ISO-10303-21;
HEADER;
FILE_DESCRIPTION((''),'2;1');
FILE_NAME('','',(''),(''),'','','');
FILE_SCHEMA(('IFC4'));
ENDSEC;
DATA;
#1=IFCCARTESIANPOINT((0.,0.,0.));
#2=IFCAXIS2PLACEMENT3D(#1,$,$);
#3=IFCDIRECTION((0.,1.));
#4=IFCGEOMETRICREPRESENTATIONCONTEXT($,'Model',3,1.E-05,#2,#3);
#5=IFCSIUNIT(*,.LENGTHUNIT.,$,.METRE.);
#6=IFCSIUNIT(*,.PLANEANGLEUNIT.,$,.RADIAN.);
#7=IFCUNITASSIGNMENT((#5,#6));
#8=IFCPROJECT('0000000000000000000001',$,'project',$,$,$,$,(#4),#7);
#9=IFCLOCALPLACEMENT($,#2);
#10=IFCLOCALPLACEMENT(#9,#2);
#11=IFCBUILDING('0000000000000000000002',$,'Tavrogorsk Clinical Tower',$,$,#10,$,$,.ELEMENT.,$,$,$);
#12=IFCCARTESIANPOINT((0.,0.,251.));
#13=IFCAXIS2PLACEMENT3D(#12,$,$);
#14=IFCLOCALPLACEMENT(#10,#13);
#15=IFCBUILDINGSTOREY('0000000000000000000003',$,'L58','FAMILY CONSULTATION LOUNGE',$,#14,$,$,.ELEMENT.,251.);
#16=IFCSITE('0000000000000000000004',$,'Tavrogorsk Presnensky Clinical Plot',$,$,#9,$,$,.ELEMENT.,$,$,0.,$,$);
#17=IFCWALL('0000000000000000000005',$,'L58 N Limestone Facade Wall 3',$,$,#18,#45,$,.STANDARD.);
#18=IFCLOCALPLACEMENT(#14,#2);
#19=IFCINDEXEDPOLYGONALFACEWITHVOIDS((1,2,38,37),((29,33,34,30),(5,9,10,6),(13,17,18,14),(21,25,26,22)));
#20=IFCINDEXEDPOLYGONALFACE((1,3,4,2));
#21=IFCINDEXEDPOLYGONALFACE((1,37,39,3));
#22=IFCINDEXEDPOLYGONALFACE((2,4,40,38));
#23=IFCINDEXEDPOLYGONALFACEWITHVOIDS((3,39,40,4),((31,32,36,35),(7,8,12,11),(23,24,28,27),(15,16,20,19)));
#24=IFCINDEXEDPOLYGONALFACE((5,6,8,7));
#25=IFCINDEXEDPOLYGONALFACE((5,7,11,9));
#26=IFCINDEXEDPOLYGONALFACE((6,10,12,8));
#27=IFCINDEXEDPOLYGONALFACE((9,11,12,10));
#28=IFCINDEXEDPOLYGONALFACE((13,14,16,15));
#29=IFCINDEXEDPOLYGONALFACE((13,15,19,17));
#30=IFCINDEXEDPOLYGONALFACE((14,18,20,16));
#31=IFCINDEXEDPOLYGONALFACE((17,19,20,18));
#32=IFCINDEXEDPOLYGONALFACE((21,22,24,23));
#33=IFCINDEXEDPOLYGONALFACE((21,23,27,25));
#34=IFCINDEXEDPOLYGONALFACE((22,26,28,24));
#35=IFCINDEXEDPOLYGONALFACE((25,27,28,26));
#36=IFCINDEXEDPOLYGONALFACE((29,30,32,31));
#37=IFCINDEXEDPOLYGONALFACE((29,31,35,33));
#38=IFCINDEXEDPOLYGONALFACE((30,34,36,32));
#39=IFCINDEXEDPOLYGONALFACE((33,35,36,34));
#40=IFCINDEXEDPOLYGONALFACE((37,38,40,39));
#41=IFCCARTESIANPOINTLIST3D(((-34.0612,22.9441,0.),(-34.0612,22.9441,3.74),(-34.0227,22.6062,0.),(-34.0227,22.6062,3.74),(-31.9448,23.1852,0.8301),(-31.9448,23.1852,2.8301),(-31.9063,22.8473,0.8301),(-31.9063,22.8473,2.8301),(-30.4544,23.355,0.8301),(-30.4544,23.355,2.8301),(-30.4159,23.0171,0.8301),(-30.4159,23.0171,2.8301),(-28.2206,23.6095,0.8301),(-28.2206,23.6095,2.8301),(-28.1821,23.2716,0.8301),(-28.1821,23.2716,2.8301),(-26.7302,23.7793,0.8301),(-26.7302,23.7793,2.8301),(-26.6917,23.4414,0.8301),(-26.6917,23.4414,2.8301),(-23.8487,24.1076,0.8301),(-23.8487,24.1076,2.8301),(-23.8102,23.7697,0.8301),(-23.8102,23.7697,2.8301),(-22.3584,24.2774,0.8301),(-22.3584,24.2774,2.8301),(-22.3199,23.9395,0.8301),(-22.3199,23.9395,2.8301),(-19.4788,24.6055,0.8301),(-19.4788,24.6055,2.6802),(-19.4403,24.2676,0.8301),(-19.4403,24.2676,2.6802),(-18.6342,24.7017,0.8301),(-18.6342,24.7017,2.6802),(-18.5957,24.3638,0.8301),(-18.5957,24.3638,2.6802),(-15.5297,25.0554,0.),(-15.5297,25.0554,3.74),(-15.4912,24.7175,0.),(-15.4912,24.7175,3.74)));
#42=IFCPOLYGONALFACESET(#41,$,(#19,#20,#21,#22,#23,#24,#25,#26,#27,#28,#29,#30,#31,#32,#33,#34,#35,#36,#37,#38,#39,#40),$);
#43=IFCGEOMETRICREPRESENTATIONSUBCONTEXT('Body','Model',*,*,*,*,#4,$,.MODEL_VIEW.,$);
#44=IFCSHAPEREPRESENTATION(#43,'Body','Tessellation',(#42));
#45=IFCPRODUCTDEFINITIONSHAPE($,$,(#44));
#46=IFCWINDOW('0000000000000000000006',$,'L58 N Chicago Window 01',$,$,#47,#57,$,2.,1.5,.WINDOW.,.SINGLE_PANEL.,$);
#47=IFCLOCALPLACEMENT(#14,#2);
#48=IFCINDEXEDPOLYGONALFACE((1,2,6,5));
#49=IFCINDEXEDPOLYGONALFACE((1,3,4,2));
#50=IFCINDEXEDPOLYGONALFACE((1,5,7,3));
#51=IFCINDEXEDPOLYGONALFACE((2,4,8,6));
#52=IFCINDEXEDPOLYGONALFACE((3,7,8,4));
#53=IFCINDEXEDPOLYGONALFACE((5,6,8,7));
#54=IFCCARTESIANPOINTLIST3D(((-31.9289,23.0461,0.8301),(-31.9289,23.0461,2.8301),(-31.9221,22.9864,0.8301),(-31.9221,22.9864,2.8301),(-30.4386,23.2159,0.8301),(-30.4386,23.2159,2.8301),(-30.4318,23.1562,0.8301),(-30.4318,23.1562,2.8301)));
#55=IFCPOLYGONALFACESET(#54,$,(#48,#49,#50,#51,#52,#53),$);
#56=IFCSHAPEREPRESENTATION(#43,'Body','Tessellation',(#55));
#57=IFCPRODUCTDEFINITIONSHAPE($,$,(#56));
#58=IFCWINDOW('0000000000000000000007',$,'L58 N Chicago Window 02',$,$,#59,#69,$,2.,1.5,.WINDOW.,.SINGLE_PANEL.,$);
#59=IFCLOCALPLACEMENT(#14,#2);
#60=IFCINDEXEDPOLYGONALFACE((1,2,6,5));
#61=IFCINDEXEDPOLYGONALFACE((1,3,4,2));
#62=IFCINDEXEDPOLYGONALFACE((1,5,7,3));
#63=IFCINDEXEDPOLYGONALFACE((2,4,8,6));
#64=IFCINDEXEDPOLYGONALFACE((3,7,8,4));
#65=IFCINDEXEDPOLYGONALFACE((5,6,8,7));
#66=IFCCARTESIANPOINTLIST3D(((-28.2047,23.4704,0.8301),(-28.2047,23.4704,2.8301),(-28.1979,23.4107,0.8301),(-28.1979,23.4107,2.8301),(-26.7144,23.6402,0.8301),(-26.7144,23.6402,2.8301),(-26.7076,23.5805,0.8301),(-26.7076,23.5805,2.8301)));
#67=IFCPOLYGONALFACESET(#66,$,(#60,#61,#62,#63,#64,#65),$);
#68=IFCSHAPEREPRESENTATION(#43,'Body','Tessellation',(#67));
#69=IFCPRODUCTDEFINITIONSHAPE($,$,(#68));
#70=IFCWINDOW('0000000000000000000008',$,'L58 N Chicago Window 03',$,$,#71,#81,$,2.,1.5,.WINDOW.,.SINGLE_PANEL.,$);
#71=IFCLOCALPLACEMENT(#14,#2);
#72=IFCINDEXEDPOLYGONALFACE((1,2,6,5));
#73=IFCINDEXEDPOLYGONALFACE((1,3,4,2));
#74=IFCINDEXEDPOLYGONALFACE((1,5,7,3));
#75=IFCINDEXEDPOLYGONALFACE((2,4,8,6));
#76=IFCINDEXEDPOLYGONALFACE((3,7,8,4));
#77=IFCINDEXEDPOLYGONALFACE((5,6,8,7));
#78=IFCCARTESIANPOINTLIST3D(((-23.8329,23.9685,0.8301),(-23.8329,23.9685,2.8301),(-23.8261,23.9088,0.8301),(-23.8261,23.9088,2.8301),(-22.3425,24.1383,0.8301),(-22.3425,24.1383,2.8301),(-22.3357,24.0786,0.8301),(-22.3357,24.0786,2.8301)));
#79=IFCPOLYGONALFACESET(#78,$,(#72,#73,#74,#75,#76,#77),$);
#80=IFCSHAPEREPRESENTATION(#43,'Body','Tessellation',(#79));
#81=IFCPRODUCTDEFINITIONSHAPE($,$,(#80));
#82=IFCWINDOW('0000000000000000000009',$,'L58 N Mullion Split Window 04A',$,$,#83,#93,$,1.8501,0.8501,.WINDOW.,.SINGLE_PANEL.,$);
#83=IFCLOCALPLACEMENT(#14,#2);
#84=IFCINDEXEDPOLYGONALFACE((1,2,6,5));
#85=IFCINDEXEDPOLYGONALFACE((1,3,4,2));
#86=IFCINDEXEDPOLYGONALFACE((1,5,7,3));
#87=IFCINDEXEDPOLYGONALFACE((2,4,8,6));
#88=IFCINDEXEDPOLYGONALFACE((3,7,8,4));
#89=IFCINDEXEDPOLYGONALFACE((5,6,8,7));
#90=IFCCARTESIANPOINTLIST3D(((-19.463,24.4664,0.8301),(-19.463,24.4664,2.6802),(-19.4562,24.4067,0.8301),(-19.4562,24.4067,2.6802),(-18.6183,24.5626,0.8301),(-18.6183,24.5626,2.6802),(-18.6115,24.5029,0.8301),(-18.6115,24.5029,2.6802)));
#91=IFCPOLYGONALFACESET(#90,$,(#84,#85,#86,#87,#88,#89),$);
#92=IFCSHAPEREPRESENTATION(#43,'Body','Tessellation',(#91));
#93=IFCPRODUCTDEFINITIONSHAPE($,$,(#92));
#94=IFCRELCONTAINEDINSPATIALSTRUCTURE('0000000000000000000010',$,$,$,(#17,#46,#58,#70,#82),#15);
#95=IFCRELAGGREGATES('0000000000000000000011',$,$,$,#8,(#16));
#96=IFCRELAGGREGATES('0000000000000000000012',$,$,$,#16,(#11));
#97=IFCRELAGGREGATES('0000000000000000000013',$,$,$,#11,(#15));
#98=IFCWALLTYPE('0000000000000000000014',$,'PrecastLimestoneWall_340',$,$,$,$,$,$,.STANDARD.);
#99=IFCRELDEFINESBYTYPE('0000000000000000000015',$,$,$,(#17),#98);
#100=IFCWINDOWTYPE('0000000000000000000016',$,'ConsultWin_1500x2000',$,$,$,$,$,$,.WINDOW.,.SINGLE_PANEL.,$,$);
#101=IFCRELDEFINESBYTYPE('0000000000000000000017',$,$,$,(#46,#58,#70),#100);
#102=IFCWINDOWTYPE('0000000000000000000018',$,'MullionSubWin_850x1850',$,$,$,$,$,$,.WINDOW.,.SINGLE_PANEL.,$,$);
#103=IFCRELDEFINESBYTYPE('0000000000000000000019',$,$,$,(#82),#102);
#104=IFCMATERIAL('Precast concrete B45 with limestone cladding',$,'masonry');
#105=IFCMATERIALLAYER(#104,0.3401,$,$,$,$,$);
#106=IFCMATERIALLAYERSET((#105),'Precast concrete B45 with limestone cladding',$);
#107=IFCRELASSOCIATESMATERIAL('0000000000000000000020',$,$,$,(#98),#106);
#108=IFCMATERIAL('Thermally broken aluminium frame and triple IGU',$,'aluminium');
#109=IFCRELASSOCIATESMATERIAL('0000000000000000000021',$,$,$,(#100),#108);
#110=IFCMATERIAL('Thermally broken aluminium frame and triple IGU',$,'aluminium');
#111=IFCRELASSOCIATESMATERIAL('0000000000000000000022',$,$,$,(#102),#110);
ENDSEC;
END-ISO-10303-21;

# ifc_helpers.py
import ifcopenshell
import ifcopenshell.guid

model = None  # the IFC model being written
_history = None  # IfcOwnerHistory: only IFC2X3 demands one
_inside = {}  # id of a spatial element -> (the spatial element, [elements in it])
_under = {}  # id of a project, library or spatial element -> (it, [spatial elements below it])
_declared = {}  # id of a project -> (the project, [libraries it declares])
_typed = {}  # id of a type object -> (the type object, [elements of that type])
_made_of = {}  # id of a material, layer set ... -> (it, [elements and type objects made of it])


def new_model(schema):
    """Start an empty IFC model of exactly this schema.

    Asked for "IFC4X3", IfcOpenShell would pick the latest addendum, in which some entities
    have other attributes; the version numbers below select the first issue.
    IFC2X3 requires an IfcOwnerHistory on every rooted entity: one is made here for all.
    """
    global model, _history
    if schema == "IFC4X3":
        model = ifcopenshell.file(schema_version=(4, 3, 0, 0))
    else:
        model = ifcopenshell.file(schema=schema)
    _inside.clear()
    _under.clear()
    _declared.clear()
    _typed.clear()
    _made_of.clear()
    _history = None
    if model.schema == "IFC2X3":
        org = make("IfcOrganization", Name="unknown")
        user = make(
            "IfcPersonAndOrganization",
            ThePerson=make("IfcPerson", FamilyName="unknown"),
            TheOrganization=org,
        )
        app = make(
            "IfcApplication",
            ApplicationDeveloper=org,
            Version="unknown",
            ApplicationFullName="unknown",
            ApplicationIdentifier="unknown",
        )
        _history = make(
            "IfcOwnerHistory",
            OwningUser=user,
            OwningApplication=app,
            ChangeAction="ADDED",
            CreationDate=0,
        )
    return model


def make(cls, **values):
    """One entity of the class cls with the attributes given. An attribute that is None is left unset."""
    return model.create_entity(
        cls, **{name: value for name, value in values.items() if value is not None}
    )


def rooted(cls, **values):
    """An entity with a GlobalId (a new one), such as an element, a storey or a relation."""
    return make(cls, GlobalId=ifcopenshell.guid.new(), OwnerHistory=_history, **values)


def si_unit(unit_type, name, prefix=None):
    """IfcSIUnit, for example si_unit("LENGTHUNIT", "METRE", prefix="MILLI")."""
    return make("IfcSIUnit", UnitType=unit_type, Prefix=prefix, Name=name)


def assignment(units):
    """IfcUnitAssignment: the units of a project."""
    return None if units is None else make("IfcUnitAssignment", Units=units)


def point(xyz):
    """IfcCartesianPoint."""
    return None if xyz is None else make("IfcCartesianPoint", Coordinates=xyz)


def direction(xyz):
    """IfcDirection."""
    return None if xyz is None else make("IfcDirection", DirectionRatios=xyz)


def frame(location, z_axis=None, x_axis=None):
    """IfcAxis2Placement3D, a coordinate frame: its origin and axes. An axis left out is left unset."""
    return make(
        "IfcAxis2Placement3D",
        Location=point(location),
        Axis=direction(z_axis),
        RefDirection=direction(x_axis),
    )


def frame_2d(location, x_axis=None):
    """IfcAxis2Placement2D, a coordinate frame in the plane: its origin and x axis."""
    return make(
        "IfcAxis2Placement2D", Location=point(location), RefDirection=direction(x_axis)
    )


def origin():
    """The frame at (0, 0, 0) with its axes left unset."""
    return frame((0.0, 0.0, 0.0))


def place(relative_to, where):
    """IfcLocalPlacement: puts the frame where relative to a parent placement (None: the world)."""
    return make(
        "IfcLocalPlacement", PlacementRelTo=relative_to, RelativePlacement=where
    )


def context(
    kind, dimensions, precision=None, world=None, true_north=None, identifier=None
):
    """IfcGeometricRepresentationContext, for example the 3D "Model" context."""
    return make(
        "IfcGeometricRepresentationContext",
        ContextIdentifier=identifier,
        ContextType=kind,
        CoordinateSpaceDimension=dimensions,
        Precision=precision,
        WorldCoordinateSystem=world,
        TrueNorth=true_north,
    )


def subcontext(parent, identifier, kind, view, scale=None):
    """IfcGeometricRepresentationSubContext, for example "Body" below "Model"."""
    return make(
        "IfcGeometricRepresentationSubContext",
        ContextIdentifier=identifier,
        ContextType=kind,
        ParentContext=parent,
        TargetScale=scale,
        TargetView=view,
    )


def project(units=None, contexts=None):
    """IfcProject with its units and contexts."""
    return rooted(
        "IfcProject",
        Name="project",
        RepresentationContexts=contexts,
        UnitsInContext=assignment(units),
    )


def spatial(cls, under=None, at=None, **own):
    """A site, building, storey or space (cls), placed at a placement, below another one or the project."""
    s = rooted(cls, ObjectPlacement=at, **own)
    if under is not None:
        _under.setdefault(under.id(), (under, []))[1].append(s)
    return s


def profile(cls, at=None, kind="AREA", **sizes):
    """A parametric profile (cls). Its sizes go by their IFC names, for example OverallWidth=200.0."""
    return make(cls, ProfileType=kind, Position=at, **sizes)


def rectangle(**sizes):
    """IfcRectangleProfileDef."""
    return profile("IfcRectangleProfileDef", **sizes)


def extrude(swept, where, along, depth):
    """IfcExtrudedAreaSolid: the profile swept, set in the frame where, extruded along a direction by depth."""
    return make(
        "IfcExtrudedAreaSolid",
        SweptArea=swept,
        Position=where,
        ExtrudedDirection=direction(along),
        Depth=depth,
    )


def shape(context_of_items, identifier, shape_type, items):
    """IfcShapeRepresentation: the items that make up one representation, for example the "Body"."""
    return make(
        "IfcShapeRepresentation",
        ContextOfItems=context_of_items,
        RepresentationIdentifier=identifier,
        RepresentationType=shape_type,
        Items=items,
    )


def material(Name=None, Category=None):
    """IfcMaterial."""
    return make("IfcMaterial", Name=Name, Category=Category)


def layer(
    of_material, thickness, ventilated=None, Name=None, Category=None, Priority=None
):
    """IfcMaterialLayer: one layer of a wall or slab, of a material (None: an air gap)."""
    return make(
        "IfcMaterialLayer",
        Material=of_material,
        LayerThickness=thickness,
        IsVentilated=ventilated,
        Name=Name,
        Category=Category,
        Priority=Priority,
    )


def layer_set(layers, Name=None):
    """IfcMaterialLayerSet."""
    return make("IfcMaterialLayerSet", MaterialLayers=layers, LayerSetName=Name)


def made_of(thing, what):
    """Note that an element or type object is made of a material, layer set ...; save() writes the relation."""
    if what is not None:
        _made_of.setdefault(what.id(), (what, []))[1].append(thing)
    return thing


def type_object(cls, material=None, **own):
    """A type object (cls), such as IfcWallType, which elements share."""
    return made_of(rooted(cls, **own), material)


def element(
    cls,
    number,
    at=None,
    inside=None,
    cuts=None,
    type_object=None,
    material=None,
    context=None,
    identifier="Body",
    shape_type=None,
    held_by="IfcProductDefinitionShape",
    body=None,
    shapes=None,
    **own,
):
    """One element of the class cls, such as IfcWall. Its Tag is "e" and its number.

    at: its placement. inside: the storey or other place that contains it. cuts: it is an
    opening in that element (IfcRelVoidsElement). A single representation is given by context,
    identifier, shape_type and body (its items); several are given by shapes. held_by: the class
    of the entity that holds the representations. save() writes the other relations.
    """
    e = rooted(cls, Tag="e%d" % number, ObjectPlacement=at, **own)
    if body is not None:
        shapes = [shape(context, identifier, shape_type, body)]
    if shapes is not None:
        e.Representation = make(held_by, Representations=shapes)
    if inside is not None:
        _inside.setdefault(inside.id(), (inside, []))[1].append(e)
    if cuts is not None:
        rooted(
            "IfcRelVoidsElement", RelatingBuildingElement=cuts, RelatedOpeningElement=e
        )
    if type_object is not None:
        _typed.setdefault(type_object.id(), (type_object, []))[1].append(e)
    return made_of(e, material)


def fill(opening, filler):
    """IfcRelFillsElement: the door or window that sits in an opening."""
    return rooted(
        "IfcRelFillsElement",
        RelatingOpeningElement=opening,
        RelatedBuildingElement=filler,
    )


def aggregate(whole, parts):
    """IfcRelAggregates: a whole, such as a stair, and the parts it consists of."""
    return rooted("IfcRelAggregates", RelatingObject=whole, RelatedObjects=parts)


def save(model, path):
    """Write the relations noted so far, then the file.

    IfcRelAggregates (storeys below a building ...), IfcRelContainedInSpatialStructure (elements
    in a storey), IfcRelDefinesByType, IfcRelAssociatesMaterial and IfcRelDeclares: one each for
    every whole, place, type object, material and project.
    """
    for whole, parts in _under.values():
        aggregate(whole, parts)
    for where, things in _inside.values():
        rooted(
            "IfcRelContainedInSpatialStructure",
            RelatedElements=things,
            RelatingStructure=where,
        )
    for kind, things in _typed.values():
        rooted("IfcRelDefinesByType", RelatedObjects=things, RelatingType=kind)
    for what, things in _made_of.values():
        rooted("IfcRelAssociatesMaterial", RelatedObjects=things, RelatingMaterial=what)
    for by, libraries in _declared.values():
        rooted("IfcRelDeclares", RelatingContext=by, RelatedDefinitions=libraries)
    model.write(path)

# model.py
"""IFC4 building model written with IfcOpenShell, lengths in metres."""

from ifc_helpers import new_model, si_unit, direction, frame, frame_2d, origin, place, context, subcontext, project, spatial, rectangle, extrude, material, layer, layer_set, type_object, element, fill, save


model = new_model("IFC4")

# Units and contexts
model_context = context("Model", 3, precision=1e-05, world=origin(), true_north=direction((0.0, 1.0)))
body_context = subcontext(model_context, "Body", "Model", "MODEL_VIEW")
ifc_project = project(units=[si_unit("LENGTHUNIT", "METRE"), si_unit("PLANEANGLEUNIT", "RADIAN")], contexts=[model_context])

# Site, building, storey
site_placement = place(None, origin())
site = spatial("IfcSite", under=ifc_project, at=site_placement, Name="Tavrogorsk Presnensky Clinical Plot", CompositionType="ELEMENT", RefElevation=0.0)
building_placement = place(site_placement, origin())
building = spatial("IfcBuilding", under=site, at=building_placement, Name="Tavrogorsk Clinical Tower", CompositionType="ELEMENT")
storey_placement = place(building_placement, frame((0.0, 0.0, 251.0)))
storey = spatial("IfcBuildingStorey", under=building, at=storey_placement, Name="L58", Description="FAMILY CONSULTATION LOUNGE", CompositionType="ELEMENT", Elevation=251.0)

# Wall, openings, windows
ifc_material_1 = material(Name="Precast concrete B45 with limestone cladding", Category="masonry")
ifc_layer_1 = layer(ifc_material_1, 0.3401)
ifc_layer_set_1 = layer_set([ifc_layer_1], Name="Precast concrete B45 with limestone cladding")
wall_type_1 = type_object("IfcWallType", Name="PrecastLimestoneWall_340", PredefinedType="STANDARD", material=ifc_layer_set_1)
wall_1_placement = place(storey_placement, frame((-15.5105, 24.8865, 0.0), z_axis=(0.0, 0.0, 1.0), x_axis=(-0.993572, -0.1132, 0.0)))
wall_1 = element("IfcWall", 1, at=wall_1_placement, inside=storey, type_object=wall_type_1, Name="L58 N Limestone Facade Wall 3", PredefinedType="STANDARD", context=body_context, shape_type="SweptSolid", body=[
    extrude(rectangle(XDim=18.6514, YDim=0.3401, at=frame_2d((9.3257, 0.0))), origin(), (0.0, 0.0, 1.0), 3.74),
])
opening_1_placement = place(wall_1_placement, frame((15.0212, 0.0, 0.8301)))
opening_1 = element("IfcOpeningElement", 2, at=opening_1_placement, cuts=wall_1, PredefinedType="OPENING", context=body_context, shape_type="SweptSolid", body=[
    extrude(rectangle(XDim=1.5, YDim=2.0, at=frame_2d((0.75, 1.0))), frame((0.0, 0.1799, 0.0), z_axis=(0.0, -1.0, 0.0), x_axis=(1.0, 0.0, 0.0)), (0.0, 0.0, 1.0), 0.3601),
])
opening_2_placement = place(wall_1_placement, frame((11.2729, 0.0, 0.8301)))
opening_2 = element("IfcOpeningElement", 3, at=opening_2_placement, cuts=wall_1, PredefinedType="OPENING", context=body_context, shape_type="SweptSolid", body=[
    extrude(rectangle(XDim=1.5, YDim=2.0, at=frame_2d((0.75, 1.0))), frame((0.0, 0.1799, 0.0), z_axis=(0.0, -1.0, 0.0), x_axis=(1.0, 0.0, 0.0)), (0.0, 0.0, 1.0), 0.3601),
])
opening_3_placement = place(wall_1_placement, frame((6.8728, 0.0, 0.8301)))
opening_3 = element("IfcOpeningElement", 4, at=opening_3_placement, cuts=wall_1, PredefinedType="OPENING", context=body_context, shape_type="SweptSolid", body=[
    extrude(rectangle(XDim=1.5, YDim=2.0, at=frame_2d((0.75, 1.0))), frame((0.0, 0.1799, 0.0), z_axis=(0.0, -1.0, 0.0), x_axis=(1.0, 0.0, 0.0)), (0.0, 0.0, 1.0), 0.3601),
])
opening_4_placement = place(wall_1_placement, frame((3.1245, 0.0, 0.8301)))
opening_4 = element("IfcOpeningElement", 5, at=opening_4_placement, cuts=wall_1, PredefinedType="OPENING", context=body_context, shape_type="SweptSolid", body=[
    extrude(rectangle(XDim=0.8501, YDim=1.8501, at=frame_2d((0.425, 0.925))), frame((0.0, 0.1799, 0.0), z_axis=(0.0, -1.0, 0.0), x_axis=(1.0, 0.0, 0.0)), (0.0, 0.0, 1.0), 0.3601),
])
ifc_material_2 = material(Name="Thermally broken aluminium frame and triple IGU", Category="aluminium")
window_type_1 = type_object("IfcWindowType", Name="ConsultWin_1500x2000", PartitioningType="SINGLE_PANEL", PredefinedType="WINDOW", material=ifc_material_2)
window_1_placement = place(opening_1_placement, origin())
window_1 = element("IfcWindow", 6, at=window_1_placement, inside=storey, type_object=window_type_1, Name="L58 N Chicago Window 01", OverallHeight=2.0, OverallWidth=1.5, PartitioningType="SINGLE_PANEL", PredefinedType="WINDOW", context=body_context, shape_type="SweptSolid", body=[
    extrude(rectangle(XDim=1.5, YDim=2.0, at=frame_2d((0.75, 1.0))), frame((0.0, 0.03, 0.0), z_axis=(0.0, -1.0, 0.0), x_axis=(1.0, 0.0, 0.0)), (0.0, 0.0, 1.0), 0.0601),
])
fill(opening_1, window_1)
window_2_placement = place(opening_2_placement, origin())
window_2 = element("IfcWindow", 7, at=window_2_placement, inside=storey, type_object=window_type_1, Name="L58 N Chicago Window 02", OverallHeight=2.0, OverallWidth=1.5, PartitioningType="SINGLE_PANEL", PredefinedType="WINDOW", context=body_context, shape_type="SweptSolid", body=[
    extrude(rectangle(XDim=1.5, YDim=2.0, at=frame_2d((0.75, 1.0))), frame((0.0, 0.03, 0.0), z_axis=(0.0, -1.0, 0.0), x_axis=(1.0, 0.0, 0.0)), (0.0, 0.0, 1.0), 0.0601),
])
fill(opening_2, window_2)
window_3_placement = place(opening_3_placement, origin())
window_3 = element("IfcWindow", 8, at=window_3_placement, inside=storey, type_object=window_type_1, Name="L58 N Chicago Window 03", OverallHeight=2.0, OverallWidth=1.5, PartitioningType="SINGLE_PANEL", PredefinedType="WINDOW", context=body_context, shape_type="SweptSolid", body=[
    extrude(rectangle(XDim=1.5, YDim=2.0, at=frame_2d((0.75, 1.0))), frame((0.0, 0.03, 0.0), z_axis=(0.0, -1.0, 0.0), x_axis=(1.0, 0.0, 0.0)), (0.0, 0.0, 1.0), 0.0601),
])
fill(opening_3, window_3)
ifc_material_3 = material(Name="Thermally broken aluminium frame and triple IGU", Category="aluminium")
window_type_2 = type_object("IfcWindowType", Name="MullionSubWin_850x1850", PartitioningType="SINGLE_PANEL", PredefinedType="WINDOW", material=ifc_material_3)
window_4_placement = place(opening_4_placement, origin())
window_4 = element("IfcWindow", 9, at=window_4_placement, inside=storey, type_object=window_type_2, Name="L58 N Mullion Split Window 04A", OverallHeight=1.8501, OverallWidth=0.8501, PartitioningType="SINGLE_PANEL", PredefinedType="WINDOW", context=body_context, shape_type="SweptSolid", body=[
    extrude(rectangle(XDim=0.8501, YDim=1.8501, at=frame_2d((0.425, 0.925))), frame((0.0, 0.03, 0.0), z_axis=(0.0, -1.0, 0.0), x_axis=(1.0, 0.0, 0.0)), (0.0, 0.0, 1.0), 0.0601),
])
fill(opening_4, window_4)

save(model, "model.ifc")
